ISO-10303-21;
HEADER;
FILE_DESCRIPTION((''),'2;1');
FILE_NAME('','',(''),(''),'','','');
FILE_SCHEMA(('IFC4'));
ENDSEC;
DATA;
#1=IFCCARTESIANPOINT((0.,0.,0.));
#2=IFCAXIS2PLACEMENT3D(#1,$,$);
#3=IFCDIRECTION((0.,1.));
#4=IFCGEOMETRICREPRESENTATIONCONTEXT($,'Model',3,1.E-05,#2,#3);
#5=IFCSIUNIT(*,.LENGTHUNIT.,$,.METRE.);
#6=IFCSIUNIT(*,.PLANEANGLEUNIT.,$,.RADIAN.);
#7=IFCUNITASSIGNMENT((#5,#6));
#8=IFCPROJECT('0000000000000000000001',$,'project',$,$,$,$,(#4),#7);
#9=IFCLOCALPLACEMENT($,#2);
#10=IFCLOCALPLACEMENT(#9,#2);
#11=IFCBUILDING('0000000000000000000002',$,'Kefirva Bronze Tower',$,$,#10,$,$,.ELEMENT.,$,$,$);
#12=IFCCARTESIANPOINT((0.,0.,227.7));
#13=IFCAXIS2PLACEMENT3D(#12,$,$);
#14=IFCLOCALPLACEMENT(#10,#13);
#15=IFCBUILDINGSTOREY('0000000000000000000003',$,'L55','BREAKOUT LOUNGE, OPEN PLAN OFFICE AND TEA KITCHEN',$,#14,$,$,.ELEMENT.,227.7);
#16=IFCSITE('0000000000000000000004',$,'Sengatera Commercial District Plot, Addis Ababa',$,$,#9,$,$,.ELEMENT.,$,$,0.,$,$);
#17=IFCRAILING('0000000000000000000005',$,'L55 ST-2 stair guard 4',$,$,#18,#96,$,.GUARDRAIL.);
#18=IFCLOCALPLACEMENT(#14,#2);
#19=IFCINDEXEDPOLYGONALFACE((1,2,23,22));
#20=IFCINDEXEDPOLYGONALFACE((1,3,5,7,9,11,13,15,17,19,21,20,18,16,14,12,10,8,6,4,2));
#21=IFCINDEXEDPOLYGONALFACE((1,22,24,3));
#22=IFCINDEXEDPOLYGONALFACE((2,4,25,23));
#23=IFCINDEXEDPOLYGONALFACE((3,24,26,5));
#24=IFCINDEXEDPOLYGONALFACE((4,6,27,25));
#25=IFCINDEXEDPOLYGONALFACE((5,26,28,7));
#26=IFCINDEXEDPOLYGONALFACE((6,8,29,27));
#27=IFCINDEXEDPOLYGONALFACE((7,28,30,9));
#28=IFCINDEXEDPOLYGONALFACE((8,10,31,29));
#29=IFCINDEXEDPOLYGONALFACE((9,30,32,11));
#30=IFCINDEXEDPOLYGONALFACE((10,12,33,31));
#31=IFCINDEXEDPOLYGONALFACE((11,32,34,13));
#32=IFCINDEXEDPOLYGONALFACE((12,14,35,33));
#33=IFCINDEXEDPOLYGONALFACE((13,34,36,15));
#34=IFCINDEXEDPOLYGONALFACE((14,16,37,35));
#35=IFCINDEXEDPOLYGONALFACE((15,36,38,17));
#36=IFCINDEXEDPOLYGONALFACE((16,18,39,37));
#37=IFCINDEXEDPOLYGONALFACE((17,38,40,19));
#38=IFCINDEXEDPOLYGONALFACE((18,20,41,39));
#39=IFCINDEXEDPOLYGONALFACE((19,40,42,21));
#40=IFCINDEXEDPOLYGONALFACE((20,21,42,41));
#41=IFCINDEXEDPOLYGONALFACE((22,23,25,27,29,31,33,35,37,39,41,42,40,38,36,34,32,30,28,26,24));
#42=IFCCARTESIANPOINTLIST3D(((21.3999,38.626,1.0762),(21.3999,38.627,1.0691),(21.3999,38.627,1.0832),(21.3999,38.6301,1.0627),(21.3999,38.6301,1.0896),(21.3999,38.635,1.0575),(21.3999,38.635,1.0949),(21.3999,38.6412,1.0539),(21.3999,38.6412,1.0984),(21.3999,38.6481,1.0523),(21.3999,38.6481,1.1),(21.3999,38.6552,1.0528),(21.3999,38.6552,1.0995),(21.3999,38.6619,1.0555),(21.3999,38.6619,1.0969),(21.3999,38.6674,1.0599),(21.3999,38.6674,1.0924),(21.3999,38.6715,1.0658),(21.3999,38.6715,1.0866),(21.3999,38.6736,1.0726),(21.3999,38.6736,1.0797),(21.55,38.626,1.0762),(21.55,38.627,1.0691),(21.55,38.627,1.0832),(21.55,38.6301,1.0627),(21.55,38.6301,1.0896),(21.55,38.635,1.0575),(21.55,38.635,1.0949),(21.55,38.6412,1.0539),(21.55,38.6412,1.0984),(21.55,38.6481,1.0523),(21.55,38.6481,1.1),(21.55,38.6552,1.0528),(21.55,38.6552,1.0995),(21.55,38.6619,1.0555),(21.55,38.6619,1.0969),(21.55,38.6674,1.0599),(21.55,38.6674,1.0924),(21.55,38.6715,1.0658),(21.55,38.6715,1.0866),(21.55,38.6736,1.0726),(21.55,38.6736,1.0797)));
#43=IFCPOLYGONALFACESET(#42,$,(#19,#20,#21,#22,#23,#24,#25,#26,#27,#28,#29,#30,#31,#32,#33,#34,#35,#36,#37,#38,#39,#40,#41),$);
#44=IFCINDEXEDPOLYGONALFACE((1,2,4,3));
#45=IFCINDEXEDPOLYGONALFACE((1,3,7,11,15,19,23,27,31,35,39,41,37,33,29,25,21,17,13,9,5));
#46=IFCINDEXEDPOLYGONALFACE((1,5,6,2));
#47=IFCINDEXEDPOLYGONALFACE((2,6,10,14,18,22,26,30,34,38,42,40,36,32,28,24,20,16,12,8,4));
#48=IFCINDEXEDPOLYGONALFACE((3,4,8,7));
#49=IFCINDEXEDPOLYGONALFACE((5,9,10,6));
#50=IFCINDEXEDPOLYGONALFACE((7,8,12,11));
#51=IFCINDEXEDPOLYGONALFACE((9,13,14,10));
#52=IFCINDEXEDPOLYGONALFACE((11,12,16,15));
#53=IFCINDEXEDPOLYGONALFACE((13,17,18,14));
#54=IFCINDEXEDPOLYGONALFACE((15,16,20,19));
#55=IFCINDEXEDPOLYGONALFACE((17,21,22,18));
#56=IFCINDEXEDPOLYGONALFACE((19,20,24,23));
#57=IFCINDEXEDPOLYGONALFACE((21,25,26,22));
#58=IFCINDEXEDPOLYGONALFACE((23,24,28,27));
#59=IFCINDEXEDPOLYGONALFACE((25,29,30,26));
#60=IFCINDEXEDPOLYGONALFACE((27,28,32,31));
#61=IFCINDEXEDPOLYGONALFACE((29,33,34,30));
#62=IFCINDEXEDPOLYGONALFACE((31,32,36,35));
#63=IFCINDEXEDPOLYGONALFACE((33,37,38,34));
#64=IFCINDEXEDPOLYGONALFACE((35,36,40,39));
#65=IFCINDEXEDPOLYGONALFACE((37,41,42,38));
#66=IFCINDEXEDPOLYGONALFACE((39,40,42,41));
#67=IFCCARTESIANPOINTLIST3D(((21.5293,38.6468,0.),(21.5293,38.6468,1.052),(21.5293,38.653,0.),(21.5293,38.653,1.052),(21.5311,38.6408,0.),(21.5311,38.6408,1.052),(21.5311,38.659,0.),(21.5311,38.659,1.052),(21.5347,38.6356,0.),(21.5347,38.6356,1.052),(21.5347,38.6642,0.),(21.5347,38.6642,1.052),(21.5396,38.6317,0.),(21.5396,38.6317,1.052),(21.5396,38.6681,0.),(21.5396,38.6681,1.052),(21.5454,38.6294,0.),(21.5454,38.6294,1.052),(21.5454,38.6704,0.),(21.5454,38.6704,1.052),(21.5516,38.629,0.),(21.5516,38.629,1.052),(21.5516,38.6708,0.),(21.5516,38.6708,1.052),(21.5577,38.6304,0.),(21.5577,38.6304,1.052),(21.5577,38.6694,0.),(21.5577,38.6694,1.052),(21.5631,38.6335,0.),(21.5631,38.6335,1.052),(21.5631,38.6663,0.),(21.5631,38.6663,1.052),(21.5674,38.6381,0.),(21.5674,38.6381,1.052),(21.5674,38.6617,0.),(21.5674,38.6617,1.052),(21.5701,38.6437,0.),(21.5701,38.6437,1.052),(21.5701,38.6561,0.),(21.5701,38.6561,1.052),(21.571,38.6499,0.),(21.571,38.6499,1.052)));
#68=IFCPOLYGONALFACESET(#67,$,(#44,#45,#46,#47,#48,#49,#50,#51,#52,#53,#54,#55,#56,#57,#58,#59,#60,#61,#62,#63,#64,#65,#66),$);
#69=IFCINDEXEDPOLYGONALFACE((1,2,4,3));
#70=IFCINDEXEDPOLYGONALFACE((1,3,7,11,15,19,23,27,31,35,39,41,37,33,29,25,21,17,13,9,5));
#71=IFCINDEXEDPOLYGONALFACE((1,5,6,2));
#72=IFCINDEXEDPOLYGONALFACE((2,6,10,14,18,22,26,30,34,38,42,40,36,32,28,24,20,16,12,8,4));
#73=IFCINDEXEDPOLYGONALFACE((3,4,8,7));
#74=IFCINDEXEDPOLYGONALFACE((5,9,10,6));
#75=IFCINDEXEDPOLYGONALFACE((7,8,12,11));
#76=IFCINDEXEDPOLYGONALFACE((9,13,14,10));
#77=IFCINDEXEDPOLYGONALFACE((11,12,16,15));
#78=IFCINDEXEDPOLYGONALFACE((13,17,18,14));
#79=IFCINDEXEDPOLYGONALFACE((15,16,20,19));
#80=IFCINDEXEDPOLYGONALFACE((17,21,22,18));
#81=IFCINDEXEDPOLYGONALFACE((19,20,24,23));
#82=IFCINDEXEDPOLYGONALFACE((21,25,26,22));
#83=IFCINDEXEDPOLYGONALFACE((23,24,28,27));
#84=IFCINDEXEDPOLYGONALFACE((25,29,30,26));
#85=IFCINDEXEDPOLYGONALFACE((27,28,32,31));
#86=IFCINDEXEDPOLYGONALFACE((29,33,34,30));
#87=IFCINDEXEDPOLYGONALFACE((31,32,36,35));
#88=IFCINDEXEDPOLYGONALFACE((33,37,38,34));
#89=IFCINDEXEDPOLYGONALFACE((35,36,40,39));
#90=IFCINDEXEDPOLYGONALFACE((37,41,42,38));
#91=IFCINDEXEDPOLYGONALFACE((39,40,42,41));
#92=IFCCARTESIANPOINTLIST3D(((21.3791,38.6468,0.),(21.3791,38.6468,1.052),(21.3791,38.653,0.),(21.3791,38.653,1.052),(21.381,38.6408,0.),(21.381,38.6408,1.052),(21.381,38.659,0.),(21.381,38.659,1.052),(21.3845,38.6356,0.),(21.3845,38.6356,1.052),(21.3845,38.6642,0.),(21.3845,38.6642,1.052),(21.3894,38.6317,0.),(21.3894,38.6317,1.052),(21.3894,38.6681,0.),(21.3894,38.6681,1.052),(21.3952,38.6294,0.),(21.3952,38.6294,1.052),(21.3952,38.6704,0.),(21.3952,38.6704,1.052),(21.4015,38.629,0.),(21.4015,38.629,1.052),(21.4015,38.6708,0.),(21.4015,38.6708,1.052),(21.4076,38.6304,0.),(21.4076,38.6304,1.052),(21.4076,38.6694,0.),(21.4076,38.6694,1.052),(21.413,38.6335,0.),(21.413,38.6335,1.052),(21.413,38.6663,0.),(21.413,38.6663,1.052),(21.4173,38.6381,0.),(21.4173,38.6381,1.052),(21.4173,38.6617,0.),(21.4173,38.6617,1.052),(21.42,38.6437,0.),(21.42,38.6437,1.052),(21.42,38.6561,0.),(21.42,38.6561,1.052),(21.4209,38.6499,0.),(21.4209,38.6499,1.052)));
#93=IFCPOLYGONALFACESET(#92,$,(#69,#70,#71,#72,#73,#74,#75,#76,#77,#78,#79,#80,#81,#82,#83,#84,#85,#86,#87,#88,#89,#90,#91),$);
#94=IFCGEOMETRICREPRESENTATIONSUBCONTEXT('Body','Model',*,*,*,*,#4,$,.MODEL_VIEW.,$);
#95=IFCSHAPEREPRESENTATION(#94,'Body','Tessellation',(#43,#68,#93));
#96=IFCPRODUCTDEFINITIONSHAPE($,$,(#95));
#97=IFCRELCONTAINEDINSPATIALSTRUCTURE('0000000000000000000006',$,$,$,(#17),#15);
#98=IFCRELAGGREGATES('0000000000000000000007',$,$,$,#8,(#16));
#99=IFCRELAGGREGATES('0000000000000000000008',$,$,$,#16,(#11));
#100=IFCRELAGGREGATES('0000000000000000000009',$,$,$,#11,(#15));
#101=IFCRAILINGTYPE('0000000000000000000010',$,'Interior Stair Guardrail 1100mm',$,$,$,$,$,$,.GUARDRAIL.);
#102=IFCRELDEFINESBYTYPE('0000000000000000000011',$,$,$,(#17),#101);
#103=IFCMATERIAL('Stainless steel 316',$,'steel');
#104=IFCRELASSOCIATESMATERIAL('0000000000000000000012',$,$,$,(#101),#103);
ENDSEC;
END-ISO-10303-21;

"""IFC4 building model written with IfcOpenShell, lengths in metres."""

from ifc_helpers import new_model, si_unit, direction, frame, origin, origin_2d, place, context, subcontext, project, spatial, circle, extrude, material, type_object, element, save


model = new_model("IFC4")

# Units and contexts
model_context = context("Model", 3, precision=1e-05, world=origin(), true_north=direction((0.0, 1.0)))
body_context = subcontext(model_context, "Body", "Model", "MODEL_VIEW")
ifc_project = project(units=[si_unit("LENGTHUNIT", "METRE"), si_unit("PLANEANGLEUNIT", "RADIAN")], contexts=[model_context])

# Site, building, storey
site_placement = place(None, origin())
site = spatial("IfcSite", under=ifc_project, at=site_placement, Name="Sengatera Commercial District Plot, Addis Ababa", CompositionType="ELEMENT", RefElevation=0.0)
building_placement = place(site_placement, origin())
building = spatial("IfcBuilding", under=site, at=building_placement, Name="Kefirva Bronze Tower", CompositionType="ELEMENT")
storey_placement = place(building_placement, frame((0.0, 0.0, 227.7)))
storey = spatial("IfcBuildingStorey", under=building, at=storey_placement, Name="L55", Description="BREAKOUT LOUNGE, OPEN PLAN OFFICE AND TEA KITCHEN", CompositionType="ELEMENT", Elevation=227.7)

# Railing
ifc_material_1 = material(Name="Stainless steel 316", Category="steel")
railing_type_1 = type_object("IfcRailingType", Name="Interior Stair Guardrail 1100mm", PredefinedType="GUARDRAIL", material=ifc_material_1)
railing_1_placement = place(storey_placement, frame((21.55, 38.6499, 0.0)))
element("IfcRailing", 1, at=railing_1_placement, inside=storey, type_object=railing_type_1, Name="L55 ST-2 stair guard 4", PredefinedType="GUARDRAIL", context=body_context, shape_type="SweptSolid", body=[
    extrude(circle(Radius=0.0239, at=origin_2d()), frame((0.0, 0.0, 1.0762), z_axis=(-1.0, 0.0, 0.0), x_axis=(0.0, -1.0, 0.0)), (0.0, 0.0, 1.0), 0.1501),
    extrude(circle(Radius=0.021, at=origin_2d()), origin(), (0.0, 0.0, 1.0), 1.052),
    extrude(circle(Radius=0.021, at=origin_2d()), frame((-0.1501, 0.0, 0.0)), (0.0, 0.0, 1.0), 1.052),
])

save(model, "model.ifc")
